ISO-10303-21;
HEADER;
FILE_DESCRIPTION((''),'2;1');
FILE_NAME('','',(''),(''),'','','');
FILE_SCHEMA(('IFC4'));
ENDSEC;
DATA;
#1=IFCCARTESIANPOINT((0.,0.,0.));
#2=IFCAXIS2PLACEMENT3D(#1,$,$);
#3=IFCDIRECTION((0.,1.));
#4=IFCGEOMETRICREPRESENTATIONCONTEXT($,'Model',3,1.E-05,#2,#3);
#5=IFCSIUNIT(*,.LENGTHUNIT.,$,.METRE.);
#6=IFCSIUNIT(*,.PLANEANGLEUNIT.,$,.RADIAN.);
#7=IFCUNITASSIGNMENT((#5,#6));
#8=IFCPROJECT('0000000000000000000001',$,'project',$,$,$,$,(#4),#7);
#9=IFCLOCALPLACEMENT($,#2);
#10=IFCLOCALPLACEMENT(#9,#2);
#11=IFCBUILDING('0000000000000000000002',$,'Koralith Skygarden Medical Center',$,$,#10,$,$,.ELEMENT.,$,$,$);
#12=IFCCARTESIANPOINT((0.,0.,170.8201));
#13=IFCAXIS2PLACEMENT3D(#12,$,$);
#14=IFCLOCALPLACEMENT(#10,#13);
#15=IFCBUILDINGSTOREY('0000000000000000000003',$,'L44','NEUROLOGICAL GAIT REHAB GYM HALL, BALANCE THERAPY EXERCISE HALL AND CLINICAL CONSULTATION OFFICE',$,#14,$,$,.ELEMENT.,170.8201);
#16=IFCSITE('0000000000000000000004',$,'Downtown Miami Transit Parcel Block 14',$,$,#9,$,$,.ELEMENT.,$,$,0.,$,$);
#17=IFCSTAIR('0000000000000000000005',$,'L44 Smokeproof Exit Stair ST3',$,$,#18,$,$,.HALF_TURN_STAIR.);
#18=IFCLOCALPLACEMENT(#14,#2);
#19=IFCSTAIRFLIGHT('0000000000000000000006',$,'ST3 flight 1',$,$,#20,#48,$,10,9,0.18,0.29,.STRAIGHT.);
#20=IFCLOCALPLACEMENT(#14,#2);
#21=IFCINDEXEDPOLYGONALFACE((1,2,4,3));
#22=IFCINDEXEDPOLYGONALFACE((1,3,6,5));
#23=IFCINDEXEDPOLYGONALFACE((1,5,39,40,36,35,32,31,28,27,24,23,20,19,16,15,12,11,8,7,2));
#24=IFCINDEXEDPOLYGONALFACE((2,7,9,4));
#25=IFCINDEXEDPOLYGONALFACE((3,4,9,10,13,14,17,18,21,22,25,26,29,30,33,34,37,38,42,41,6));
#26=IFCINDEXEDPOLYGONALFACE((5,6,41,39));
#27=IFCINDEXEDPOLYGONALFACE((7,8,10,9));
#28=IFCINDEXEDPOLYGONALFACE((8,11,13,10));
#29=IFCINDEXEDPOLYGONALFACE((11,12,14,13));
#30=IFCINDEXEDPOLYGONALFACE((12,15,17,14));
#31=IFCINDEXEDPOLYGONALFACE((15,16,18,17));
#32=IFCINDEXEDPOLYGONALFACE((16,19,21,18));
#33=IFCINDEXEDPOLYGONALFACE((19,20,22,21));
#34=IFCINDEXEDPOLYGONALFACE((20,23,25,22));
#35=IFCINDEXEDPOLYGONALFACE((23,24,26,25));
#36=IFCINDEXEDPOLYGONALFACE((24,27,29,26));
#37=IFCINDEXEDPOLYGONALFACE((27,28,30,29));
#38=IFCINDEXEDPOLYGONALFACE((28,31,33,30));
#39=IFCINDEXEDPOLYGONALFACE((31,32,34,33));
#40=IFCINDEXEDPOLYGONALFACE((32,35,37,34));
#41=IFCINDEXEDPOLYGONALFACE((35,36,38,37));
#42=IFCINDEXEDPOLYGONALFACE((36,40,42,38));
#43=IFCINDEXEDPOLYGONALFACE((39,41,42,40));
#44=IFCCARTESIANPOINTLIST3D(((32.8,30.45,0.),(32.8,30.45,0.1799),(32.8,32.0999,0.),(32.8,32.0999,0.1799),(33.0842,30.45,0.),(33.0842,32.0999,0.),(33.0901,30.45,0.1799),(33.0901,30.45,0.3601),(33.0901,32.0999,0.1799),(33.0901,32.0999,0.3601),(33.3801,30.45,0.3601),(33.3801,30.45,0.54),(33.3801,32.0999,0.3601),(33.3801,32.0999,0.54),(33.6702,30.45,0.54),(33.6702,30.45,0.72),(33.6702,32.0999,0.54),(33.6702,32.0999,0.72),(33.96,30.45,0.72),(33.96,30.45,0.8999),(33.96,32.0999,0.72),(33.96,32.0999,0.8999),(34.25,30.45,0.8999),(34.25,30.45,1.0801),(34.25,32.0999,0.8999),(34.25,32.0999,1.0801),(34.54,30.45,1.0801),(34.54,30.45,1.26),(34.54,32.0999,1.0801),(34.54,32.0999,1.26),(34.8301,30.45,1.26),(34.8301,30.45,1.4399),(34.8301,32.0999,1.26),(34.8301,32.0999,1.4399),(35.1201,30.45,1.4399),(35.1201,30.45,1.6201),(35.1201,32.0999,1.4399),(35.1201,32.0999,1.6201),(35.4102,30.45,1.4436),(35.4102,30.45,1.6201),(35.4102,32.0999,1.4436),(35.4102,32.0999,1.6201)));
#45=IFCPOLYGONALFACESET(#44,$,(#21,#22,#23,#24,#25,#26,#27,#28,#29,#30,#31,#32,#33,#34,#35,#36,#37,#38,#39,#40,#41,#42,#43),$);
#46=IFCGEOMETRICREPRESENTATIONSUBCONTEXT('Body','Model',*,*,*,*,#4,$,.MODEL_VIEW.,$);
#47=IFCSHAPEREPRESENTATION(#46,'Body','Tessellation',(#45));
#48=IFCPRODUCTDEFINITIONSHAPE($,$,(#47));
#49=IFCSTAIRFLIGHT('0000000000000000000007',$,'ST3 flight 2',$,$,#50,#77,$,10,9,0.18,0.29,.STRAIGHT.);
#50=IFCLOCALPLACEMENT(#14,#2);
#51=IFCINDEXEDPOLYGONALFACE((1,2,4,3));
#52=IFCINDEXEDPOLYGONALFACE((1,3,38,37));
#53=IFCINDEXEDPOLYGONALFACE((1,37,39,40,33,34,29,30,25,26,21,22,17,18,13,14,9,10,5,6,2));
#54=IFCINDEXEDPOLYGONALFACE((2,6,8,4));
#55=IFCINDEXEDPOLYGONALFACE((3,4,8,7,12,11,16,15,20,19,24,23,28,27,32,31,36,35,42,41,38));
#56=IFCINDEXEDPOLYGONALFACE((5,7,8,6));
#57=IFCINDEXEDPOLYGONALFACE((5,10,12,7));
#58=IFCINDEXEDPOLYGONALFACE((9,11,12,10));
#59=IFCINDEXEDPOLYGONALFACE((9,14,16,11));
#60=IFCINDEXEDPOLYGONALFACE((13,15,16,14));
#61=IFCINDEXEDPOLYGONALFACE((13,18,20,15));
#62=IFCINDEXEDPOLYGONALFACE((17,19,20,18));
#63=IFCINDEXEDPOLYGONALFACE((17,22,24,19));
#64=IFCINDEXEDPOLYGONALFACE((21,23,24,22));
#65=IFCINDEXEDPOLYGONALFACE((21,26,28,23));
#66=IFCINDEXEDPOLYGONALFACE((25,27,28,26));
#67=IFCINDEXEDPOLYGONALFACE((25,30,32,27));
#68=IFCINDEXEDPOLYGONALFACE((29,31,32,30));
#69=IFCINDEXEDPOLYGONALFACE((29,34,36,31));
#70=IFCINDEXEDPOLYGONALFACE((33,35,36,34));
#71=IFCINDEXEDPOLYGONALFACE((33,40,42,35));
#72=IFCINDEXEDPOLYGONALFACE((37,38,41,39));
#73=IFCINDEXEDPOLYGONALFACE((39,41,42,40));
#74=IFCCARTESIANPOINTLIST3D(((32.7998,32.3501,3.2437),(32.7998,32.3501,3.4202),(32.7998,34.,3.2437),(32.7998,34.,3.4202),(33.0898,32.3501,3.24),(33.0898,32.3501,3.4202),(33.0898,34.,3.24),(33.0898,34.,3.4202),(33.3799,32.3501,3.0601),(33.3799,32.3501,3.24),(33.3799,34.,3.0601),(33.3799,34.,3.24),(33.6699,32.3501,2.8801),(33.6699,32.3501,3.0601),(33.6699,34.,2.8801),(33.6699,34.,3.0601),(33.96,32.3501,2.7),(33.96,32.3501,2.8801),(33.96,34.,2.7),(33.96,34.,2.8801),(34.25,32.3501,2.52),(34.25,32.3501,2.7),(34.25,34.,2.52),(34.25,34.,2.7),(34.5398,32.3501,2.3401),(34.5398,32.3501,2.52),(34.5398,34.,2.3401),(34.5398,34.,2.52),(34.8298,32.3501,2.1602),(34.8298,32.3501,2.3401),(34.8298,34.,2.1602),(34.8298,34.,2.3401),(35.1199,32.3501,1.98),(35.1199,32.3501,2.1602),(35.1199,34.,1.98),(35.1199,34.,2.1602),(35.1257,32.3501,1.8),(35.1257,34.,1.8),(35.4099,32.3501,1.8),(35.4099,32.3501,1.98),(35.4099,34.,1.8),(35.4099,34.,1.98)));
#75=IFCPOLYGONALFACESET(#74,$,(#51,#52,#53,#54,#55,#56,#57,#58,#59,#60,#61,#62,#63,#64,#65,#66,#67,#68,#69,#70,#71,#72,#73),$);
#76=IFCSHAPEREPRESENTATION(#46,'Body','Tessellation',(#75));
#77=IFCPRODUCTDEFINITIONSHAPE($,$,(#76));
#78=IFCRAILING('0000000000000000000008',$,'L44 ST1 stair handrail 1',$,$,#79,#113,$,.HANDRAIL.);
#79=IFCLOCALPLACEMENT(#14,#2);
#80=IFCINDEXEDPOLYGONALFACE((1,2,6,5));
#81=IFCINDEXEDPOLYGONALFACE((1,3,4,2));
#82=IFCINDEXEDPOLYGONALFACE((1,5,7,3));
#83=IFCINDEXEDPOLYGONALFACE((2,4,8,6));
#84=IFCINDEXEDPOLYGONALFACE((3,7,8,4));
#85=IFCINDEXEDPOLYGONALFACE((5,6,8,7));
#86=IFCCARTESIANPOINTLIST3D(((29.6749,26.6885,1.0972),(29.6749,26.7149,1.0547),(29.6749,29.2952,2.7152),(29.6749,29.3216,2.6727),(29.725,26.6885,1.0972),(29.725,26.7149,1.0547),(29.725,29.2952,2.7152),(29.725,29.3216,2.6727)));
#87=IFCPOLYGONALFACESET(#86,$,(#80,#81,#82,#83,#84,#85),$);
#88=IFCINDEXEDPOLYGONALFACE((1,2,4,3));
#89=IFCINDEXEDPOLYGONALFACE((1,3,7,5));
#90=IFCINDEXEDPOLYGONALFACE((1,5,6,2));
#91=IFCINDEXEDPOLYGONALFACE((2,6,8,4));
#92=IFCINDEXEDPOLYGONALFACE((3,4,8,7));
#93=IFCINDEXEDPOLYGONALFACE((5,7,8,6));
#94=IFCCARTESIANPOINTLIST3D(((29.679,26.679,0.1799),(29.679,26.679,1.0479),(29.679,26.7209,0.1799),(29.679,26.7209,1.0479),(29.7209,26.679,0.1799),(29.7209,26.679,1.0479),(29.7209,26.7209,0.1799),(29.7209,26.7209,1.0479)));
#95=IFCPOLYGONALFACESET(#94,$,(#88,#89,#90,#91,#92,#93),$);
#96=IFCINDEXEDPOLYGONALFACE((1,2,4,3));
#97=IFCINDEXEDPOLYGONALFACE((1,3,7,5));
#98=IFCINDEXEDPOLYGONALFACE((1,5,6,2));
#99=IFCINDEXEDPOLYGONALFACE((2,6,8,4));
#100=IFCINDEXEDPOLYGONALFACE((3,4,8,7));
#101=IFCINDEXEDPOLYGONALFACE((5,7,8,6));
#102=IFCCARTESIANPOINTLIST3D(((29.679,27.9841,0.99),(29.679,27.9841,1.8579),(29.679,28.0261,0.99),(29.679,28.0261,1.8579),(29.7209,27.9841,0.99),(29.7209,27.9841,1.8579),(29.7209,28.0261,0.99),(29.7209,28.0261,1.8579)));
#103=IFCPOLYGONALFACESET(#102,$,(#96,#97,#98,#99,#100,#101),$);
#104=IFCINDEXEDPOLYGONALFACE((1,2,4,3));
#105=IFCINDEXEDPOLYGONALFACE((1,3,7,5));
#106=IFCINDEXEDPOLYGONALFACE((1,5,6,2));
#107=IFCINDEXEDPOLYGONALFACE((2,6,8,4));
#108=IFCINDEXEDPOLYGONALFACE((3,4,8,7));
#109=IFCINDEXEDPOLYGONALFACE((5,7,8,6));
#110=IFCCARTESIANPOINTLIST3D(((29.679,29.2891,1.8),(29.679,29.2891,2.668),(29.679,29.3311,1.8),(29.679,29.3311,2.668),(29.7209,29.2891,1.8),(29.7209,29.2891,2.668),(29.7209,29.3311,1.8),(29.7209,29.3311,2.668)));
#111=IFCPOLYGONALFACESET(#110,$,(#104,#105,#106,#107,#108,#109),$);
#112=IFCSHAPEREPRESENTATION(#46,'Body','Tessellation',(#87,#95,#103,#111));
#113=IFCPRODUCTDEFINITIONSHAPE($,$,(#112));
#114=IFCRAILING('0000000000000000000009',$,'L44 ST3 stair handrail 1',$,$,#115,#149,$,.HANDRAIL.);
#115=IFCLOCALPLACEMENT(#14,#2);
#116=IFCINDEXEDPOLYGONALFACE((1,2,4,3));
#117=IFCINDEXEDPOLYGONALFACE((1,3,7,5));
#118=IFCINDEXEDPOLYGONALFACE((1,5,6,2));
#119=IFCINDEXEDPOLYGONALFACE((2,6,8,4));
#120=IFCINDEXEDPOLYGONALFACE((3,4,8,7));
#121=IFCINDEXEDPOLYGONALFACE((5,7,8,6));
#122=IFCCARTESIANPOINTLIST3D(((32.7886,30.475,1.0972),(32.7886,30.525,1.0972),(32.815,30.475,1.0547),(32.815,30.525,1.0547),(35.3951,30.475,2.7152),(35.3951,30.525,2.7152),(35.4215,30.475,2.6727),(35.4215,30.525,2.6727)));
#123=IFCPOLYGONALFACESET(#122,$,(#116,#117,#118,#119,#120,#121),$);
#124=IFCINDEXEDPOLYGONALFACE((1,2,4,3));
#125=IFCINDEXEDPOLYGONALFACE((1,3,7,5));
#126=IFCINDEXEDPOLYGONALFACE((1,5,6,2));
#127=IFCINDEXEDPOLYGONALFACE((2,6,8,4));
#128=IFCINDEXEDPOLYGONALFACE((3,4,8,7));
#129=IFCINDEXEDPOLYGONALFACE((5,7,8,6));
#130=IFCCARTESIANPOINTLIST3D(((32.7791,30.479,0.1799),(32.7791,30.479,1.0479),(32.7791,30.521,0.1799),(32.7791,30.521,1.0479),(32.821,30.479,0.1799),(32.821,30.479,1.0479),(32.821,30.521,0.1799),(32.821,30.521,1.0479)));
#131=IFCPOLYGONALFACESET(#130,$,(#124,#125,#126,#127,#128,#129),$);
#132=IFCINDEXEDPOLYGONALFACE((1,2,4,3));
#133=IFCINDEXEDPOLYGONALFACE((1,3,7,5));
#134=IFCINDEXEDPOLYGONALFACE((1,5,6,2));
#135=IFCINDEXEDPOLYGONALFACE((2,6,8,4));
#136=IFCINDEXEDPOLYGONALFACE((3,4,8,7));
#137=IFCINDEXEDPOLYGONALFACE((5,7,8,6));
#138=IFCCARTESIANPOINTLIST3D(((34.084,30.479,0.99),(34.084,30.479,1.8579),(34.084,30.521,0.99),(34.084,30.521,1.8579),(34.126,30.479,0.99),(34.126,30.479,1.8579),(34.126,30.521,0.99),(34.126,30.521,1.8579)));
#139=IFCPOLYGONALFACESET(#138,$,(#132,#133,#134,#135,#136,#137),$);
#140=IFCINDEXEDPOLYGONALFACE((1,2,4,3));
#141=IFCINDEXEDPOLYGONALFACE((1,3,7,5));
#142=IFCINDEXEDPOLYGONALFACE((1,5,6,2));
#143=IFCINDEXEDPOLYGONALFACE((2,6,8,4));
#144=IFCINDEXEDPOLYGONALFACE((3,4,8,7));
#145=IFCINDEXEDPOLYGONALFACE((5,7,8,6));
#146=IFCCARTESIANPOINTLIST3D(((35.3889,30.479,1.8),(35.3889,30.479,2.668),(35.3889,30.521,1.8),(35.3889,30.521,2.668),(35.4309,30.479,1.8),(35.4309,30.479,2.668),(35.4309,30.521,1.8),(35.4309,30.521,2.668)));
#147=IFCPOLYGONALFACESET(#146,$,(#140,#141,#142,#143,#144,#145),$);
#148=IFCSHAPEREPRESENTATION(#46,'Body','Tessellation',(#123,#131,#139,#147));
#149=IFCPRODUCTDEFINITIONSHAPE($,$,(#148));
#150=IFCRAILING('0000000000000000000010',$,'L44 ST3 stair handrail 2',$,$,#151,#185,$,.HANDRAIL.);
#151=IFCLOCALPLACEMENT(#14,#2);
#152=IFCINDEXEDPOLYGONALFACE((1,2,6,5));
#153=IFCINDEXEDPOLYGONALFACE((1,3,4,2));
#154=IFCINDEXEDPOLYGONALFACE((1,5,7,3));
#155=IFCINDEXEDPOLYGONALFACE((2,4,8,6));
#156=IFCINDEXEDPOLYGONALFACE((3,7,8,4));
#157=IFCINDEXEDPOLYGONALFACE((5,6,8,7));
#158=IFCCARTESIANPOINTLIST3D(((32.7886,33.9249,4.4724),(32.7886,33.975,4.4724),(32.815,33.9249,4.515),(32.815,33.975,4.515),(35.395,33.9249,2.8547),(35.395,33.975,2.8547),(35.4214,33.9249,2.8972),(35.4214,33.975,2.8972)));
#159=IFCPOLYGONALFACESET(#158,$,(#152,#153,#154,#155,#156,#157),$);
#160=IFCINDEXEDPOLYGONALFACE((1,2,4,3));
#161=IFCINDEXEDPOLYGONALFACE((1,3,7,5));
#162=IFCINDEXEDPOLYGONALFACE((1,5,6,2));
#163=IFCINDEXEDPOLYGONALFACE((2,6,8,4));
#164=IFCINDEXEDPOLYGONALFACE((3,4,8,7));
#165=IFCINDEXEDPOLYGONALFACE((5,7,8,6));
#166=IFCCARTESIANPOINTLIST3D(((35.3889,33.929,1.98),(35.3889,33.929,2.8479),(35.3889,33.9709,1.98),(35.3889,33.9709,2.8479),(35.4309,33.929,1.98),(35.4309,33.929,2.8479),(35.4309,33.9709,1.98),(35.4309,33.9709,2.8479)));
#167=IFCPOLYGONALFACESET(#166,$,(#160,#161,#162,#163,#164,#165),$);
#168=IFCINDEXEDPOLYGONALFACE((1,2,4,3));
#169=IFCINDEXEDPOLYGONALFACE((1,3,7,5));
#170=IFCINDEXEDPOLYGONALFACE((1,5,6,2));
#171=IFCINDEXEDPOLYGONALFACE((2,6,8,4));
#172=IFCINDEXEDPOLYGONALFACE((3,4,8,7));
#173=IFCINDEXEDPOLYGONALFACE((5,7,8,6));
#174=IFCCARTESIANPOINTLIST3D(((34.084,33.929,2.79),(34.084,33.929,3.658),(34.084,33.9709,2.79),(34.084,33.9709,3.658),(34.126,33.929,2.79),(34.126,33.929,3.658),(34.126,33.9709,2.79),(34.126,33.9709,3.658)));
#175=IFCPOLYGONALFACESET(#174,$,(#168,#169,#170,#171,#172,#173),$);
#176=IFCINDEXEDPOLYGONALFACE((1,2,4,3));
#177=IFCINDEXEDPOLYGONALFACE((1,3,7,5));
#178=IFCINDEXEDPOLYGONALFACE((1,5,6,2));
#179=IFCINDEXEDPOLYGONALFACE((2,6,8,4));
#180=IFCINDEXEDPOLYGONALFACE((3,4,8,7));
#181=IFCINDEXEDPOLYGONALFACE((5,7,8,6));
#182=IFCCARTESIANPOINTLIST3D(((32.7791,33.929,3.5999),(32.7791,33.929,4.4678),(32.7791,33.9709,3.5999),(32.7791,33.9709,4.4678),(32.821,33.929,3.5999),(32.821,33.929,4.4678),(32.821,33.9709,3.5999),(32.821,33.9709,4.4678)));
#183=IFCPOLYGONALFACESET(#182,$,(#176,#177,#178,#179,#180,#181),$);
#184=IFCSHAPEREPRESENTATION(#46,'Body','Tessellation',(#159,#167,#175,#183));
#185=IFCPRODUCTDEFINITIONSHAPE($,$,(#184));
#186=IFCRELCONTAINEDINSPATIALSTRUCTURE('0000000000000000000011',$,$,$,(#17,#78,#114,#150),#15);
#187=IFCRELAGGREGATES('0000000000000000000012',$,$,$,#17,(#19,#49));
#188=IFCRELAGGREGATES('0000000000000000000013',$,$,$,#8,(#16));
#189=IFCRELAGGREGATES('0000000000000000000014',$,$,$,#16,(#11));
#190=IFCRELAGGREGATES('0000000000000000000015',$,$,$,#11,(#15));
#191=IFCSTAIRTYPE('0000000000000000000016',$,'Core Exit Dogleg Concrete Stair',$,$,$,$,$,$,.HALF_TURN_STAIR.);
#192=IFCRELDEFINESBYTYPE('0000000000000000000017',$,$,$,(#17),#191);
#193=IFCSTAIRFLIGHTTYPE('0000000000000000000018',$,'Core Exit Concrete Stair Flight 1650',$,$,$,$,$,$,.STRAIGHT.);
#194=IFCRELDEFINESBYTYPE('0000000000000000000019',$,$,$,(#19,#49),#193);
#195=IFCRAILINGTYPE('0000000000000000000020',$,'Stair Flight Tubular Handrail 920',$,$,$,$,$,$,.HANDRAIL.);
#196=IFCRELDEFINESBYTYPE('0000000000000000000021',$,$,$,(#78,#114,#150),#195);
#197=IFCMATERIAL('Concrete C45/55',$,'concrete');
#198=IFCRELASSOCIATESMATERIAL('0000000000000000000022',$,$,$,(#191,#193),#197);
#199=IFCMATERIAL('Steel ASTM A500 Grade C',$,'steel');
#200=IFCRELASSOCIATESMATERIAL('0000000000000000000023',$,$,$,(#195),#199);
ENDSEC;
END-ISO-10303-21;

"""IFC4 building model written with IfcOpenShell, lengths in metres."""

from ifc_helpers import new_model, si_unit, direction, frame, origin, origin_2d, place, context, subcontext, project, spatial, polyline, rectangle, outline, extrude, material, type_object, element, aggregate, save


model = new_model("IFC4")

# Units and contexts
model_context = context("Model", 3, precision=1e-05, world=origin(), true_north=direction((0.0, 1.0)))
body_context = subcontext(model_context, "Body", "Model", "MODEL_VIEW")
ifc_project = project(units=[si_unit("LENGTHUNIT", "METRE"), si_unit("PLANEANGLEUNIT", "RADIAN")], contexts=[model_context])

# Site, building, storey
site_placement = place(None, origin())
site = spatial("IfcSite", under=ifc_project, at=site_placement, Name="Downtown Miami Transit Parcel Block 14", CompositionType="ELEMENT", RefElevation=0.0)
building_placement = place(site_placement, origin())
building = spatial("IfcBuilding", under=site, at=building_placement, Name="Koralith Skygarden Medical Center", CompositionType="ELEMENT")
storey_placement = place(building_placement, frame((0.0, 0.0, 170.8201)))
storey = spatial("IfcBuildingStorey", under=building, at=storey_placement, Name="L44", Description="NEUROLOGICAL GAIT REHAB GYM HALL, BALANCE THERAPY EXERCISE HALL AND CLINICAL CONSULTATION OFFICE", CompositionType="ELEMENT", Elevation=170.8201)

# Shared definitions
ifc_material_1 = material(Name="Concrete C45/55", Category="concrete")

# Shared definitions
stair_type = type_object("IfcStairType", Name="Core Exit Dogleg Concrete Stair", PredefinedType="HALF_TURN_STAIR", material=ifc_material_1)
stair_flight_type = type_object("IfcStairFlightType", Name="Core Exit Concrete Stair Flight 1650", PredefinedType="STRAIGHT", material=ifc_material_1)

# Stair, stair flights
stair_1_placement = place(storey_placement, origin())
stair_1 = element("IfcStair", 1, at=stair_1_placement, inside=storey, type_object=stair_type, Name="L44 Smokeproof Exit Stair ST3", PredefinedType="HALF_TURN_STAIR")
stair_flight_1_placement = place(storey_placement, frame((32.8, 31.2749, 0.0), z_axis=(0.0, 0.0, 1.0), x_axis=(1.0, 0.0, 0.0)))
stair_flight_1 = element("IfcStairFlight", 2, at=stair_flight_1_placement, type_object=stair_flight_type, Name="ST3 flight 1", NumberOfRisers=10, NumberOfTreads=9, PredefinedType="STRAIGHT", RiserHeight=0.18, TreadLength=0.29, context=body_context, shape_type="SweptSolid", body=[
    extrude(outline(polyline([(0.0, 0.0), (0.0, 0.1799), (0.29, 0.1799), (0.29, 0.3601), (0.5801, 0.3601), (0.5801, 0.54), (0.8701, 0.54), (0.8701, 0.72), (1.1599, 0.72), (1.1599, 0.8999), (1.45, 0.8999), (1.45, 1.0801), (1.74, 1.0801), (1.74, 1.26), (2.03, 1.26), (2.03, 1.4399), (2.3201, 1.4399), (2.3201, 1.6201), (2.6101, 1.6201), (2.6101, 1.8), (2.6101, 1.4436), (0.2842, 0.0), (0.0, 0.0)])), frame((0.0, 0.825, 0.0), z_axis=(0.0, -1.0, 0.0), x_axis=(1.0, 0.0, 0.0)), (0.0, 0.0, 1.0), 1.6499),
])
stair_flight_2_placement = place(storey_placement, frame((35.4099, 33.175, 1.8), z_axis=(0.0, 0.0, 1.0), x_axis=(-1.0, 0.0, 0.0)))
stair_flight_2 = element("IfcStairFlight", 3, at=stair_flight_2_placement, type_object=stair_flight_type, Name="ST3 flight 2", NumberOfRisers=10, NumberOfTreads=9, PredefinedType="STRAIGHT", RiserHeight=0.18, TreadLength=0.29, context=body_context, shape_type="SweptSolid", body=[
    extrude(outline(polyline([(0.0, 0.0), (0.0, 0.1799), (0.29, 0.1799), (0.29, 0.3601), (0.5801, 0.3601), (0.5801, 0.54), (0.8701, 0.54), (0.8701, 0.72), (1.1599, 0.72), (1.1599, 0.8999), (1.45, 0.8999), (1.45, 1.0801), (1.74, 1.0801), (1.74, 1.26), (2.03, 1.26), (2.03, 1.4399), (2.3201, 1.4399), (2.3201, 1.6201), (2.6101, 1.6201), (2.6101, 1.8), (2.6101, 1.4436), (0.2842, 0.0), (0.0, 0.0)])), frame((0.0, 0.825, 0.0), z_axis=(0.0, -1.0, 0.0), x_axis=(1.0, 0.0, 0.0)), (0.0, 0.0, 1.0), 1.6499),
])
aggregate(stair_1, [stair_flight_1, stair_flight_2])

# Railings
ifc_material_2 = material(Name="Steel ASTM A500 Grade C", Category="steel")
railing_type_1 = type_object("IfcRailingType", Name="Stair Flight Tubular Handrail 920", PredefinedType="HANDRAIL", material=ifc_material_2)
railing_1_placement = place(storey_placement, frame((29.7, 26.7, 0.1799)))
element("IfcRailing", 4, at=railing_1_placement, inside=storey, type_object=railing_type_1, Name="L44 ST1 stair handrail 1", PredefinedType="HANDRAIL", context=body_context, shape_type="SweptSolid", body=[
    extrude(rectangle(XDim=0.05, YDim=0.05, at=origin_2d()), frame((0.0, 0.0017, 0.896), z_axis=(0.0, 0.849633, 0.527375), x_axis=(-1.0, 0.0, 0.0)), (0.0, 0.0, 1.0), 3.0681),
    extrude(rectangle(XDim=0.042, YDim=0.042, at=origin_2d()), origin(), (0.0, 0.0, 1.0), 0.8679),
    extrude(rectangle(XDim=0.042, YDim=0.042, at=origin_2d()), frame((0.0, 1.3052, 0.8101)), (0.0, 0.0, 1.0), 0.8679),
    extrude(rectangle(XDim=0.042, YDim=0.042, at=origin_2d()), frame((0.0, 2.6101, 1.6201)), (0.0, 0.0, 1.0), 0.8679),
])
railing_2_placement = place(storey_placement, frame((32.8, 30.5, 0.1799)))
element("IfcRailing", 5, at=railing_2_placement, inside=storey, type_object=railing_type_1, Name="L44 ST3 stair handrail 1", PredefinedType="HANDRAIL", context=body_context, shape_type="SweptSolid", body=[
    extrude(rectangle(XDim=0.05, YDim=0.05, at=origin_2d()), frame((0.0017, 0.0, 0.896), z_axis=(0.849611, 0.0, 0.52741), x_axis=(0.0, 1.0, 0.0)), (0.0, 0.0, 1.0), 3.0679),
    extrude(rectangle(XDim=0.042, YDim=0.042, at=origin_2d()), origin(), (0.0, 0.0, 1.0), 0.8679),
    extrude(rectangle(XDim=0.042, YDim=0.042, at=origin_2d()), frame((1.3049, 0.0, 0.8101)), (0.0, 0.0, 1.0), 0.8679),
    extrude(rectangle(XDim=0.042, YDim=0.042, at=origin_2d()), frame((2.6099, 0.0, 1.6201)), (0.0, 0.0, 1.0), 0.8679),
])
railing_3_placement = place(storey_placement, frame((35.4099, 33.95, 1.98)))
element("IfcRailing", 6, at=railing_3_placement, inside=storey, type_object=railing_type_1, Name="L44 ST3 stair handrail 2", PredefinedType="HANDRAIL", context=body_context, shape_type="SweptSolid", body=[
    extrude(rectangle(XDim=0.05, YDim=0.05, at=origin_2d()), frame((-0.0017, 0.0, 0.896), z_axis=(-0.849646, 0.0, 0.527353), x_axis=(0.0, -1.0, 0.0)), (0.0, 0.0, 1.0), 3.0676),
    extrude(rectangle(XDim=0.042, YDim=0.042, at=origin_2d()), origin(), (0.0, 0.0, 1.0), 0.8679),
    extrude(rectangle(XDim=0.042, YDim=0.042, at=origin_2d()), frame((-1.3049, 0.0, 0.8101)), (0.0, 0.0, 1.0), 0.8679),
    extrude(rectangle(XDim=0.042, YDim=0.042, at=origin_2d()), frame((-2.6099, 0.0, 1.6199)), (0.0, 0.0, 1.0), 0.8679),
])

save(model, "model.ifc")
